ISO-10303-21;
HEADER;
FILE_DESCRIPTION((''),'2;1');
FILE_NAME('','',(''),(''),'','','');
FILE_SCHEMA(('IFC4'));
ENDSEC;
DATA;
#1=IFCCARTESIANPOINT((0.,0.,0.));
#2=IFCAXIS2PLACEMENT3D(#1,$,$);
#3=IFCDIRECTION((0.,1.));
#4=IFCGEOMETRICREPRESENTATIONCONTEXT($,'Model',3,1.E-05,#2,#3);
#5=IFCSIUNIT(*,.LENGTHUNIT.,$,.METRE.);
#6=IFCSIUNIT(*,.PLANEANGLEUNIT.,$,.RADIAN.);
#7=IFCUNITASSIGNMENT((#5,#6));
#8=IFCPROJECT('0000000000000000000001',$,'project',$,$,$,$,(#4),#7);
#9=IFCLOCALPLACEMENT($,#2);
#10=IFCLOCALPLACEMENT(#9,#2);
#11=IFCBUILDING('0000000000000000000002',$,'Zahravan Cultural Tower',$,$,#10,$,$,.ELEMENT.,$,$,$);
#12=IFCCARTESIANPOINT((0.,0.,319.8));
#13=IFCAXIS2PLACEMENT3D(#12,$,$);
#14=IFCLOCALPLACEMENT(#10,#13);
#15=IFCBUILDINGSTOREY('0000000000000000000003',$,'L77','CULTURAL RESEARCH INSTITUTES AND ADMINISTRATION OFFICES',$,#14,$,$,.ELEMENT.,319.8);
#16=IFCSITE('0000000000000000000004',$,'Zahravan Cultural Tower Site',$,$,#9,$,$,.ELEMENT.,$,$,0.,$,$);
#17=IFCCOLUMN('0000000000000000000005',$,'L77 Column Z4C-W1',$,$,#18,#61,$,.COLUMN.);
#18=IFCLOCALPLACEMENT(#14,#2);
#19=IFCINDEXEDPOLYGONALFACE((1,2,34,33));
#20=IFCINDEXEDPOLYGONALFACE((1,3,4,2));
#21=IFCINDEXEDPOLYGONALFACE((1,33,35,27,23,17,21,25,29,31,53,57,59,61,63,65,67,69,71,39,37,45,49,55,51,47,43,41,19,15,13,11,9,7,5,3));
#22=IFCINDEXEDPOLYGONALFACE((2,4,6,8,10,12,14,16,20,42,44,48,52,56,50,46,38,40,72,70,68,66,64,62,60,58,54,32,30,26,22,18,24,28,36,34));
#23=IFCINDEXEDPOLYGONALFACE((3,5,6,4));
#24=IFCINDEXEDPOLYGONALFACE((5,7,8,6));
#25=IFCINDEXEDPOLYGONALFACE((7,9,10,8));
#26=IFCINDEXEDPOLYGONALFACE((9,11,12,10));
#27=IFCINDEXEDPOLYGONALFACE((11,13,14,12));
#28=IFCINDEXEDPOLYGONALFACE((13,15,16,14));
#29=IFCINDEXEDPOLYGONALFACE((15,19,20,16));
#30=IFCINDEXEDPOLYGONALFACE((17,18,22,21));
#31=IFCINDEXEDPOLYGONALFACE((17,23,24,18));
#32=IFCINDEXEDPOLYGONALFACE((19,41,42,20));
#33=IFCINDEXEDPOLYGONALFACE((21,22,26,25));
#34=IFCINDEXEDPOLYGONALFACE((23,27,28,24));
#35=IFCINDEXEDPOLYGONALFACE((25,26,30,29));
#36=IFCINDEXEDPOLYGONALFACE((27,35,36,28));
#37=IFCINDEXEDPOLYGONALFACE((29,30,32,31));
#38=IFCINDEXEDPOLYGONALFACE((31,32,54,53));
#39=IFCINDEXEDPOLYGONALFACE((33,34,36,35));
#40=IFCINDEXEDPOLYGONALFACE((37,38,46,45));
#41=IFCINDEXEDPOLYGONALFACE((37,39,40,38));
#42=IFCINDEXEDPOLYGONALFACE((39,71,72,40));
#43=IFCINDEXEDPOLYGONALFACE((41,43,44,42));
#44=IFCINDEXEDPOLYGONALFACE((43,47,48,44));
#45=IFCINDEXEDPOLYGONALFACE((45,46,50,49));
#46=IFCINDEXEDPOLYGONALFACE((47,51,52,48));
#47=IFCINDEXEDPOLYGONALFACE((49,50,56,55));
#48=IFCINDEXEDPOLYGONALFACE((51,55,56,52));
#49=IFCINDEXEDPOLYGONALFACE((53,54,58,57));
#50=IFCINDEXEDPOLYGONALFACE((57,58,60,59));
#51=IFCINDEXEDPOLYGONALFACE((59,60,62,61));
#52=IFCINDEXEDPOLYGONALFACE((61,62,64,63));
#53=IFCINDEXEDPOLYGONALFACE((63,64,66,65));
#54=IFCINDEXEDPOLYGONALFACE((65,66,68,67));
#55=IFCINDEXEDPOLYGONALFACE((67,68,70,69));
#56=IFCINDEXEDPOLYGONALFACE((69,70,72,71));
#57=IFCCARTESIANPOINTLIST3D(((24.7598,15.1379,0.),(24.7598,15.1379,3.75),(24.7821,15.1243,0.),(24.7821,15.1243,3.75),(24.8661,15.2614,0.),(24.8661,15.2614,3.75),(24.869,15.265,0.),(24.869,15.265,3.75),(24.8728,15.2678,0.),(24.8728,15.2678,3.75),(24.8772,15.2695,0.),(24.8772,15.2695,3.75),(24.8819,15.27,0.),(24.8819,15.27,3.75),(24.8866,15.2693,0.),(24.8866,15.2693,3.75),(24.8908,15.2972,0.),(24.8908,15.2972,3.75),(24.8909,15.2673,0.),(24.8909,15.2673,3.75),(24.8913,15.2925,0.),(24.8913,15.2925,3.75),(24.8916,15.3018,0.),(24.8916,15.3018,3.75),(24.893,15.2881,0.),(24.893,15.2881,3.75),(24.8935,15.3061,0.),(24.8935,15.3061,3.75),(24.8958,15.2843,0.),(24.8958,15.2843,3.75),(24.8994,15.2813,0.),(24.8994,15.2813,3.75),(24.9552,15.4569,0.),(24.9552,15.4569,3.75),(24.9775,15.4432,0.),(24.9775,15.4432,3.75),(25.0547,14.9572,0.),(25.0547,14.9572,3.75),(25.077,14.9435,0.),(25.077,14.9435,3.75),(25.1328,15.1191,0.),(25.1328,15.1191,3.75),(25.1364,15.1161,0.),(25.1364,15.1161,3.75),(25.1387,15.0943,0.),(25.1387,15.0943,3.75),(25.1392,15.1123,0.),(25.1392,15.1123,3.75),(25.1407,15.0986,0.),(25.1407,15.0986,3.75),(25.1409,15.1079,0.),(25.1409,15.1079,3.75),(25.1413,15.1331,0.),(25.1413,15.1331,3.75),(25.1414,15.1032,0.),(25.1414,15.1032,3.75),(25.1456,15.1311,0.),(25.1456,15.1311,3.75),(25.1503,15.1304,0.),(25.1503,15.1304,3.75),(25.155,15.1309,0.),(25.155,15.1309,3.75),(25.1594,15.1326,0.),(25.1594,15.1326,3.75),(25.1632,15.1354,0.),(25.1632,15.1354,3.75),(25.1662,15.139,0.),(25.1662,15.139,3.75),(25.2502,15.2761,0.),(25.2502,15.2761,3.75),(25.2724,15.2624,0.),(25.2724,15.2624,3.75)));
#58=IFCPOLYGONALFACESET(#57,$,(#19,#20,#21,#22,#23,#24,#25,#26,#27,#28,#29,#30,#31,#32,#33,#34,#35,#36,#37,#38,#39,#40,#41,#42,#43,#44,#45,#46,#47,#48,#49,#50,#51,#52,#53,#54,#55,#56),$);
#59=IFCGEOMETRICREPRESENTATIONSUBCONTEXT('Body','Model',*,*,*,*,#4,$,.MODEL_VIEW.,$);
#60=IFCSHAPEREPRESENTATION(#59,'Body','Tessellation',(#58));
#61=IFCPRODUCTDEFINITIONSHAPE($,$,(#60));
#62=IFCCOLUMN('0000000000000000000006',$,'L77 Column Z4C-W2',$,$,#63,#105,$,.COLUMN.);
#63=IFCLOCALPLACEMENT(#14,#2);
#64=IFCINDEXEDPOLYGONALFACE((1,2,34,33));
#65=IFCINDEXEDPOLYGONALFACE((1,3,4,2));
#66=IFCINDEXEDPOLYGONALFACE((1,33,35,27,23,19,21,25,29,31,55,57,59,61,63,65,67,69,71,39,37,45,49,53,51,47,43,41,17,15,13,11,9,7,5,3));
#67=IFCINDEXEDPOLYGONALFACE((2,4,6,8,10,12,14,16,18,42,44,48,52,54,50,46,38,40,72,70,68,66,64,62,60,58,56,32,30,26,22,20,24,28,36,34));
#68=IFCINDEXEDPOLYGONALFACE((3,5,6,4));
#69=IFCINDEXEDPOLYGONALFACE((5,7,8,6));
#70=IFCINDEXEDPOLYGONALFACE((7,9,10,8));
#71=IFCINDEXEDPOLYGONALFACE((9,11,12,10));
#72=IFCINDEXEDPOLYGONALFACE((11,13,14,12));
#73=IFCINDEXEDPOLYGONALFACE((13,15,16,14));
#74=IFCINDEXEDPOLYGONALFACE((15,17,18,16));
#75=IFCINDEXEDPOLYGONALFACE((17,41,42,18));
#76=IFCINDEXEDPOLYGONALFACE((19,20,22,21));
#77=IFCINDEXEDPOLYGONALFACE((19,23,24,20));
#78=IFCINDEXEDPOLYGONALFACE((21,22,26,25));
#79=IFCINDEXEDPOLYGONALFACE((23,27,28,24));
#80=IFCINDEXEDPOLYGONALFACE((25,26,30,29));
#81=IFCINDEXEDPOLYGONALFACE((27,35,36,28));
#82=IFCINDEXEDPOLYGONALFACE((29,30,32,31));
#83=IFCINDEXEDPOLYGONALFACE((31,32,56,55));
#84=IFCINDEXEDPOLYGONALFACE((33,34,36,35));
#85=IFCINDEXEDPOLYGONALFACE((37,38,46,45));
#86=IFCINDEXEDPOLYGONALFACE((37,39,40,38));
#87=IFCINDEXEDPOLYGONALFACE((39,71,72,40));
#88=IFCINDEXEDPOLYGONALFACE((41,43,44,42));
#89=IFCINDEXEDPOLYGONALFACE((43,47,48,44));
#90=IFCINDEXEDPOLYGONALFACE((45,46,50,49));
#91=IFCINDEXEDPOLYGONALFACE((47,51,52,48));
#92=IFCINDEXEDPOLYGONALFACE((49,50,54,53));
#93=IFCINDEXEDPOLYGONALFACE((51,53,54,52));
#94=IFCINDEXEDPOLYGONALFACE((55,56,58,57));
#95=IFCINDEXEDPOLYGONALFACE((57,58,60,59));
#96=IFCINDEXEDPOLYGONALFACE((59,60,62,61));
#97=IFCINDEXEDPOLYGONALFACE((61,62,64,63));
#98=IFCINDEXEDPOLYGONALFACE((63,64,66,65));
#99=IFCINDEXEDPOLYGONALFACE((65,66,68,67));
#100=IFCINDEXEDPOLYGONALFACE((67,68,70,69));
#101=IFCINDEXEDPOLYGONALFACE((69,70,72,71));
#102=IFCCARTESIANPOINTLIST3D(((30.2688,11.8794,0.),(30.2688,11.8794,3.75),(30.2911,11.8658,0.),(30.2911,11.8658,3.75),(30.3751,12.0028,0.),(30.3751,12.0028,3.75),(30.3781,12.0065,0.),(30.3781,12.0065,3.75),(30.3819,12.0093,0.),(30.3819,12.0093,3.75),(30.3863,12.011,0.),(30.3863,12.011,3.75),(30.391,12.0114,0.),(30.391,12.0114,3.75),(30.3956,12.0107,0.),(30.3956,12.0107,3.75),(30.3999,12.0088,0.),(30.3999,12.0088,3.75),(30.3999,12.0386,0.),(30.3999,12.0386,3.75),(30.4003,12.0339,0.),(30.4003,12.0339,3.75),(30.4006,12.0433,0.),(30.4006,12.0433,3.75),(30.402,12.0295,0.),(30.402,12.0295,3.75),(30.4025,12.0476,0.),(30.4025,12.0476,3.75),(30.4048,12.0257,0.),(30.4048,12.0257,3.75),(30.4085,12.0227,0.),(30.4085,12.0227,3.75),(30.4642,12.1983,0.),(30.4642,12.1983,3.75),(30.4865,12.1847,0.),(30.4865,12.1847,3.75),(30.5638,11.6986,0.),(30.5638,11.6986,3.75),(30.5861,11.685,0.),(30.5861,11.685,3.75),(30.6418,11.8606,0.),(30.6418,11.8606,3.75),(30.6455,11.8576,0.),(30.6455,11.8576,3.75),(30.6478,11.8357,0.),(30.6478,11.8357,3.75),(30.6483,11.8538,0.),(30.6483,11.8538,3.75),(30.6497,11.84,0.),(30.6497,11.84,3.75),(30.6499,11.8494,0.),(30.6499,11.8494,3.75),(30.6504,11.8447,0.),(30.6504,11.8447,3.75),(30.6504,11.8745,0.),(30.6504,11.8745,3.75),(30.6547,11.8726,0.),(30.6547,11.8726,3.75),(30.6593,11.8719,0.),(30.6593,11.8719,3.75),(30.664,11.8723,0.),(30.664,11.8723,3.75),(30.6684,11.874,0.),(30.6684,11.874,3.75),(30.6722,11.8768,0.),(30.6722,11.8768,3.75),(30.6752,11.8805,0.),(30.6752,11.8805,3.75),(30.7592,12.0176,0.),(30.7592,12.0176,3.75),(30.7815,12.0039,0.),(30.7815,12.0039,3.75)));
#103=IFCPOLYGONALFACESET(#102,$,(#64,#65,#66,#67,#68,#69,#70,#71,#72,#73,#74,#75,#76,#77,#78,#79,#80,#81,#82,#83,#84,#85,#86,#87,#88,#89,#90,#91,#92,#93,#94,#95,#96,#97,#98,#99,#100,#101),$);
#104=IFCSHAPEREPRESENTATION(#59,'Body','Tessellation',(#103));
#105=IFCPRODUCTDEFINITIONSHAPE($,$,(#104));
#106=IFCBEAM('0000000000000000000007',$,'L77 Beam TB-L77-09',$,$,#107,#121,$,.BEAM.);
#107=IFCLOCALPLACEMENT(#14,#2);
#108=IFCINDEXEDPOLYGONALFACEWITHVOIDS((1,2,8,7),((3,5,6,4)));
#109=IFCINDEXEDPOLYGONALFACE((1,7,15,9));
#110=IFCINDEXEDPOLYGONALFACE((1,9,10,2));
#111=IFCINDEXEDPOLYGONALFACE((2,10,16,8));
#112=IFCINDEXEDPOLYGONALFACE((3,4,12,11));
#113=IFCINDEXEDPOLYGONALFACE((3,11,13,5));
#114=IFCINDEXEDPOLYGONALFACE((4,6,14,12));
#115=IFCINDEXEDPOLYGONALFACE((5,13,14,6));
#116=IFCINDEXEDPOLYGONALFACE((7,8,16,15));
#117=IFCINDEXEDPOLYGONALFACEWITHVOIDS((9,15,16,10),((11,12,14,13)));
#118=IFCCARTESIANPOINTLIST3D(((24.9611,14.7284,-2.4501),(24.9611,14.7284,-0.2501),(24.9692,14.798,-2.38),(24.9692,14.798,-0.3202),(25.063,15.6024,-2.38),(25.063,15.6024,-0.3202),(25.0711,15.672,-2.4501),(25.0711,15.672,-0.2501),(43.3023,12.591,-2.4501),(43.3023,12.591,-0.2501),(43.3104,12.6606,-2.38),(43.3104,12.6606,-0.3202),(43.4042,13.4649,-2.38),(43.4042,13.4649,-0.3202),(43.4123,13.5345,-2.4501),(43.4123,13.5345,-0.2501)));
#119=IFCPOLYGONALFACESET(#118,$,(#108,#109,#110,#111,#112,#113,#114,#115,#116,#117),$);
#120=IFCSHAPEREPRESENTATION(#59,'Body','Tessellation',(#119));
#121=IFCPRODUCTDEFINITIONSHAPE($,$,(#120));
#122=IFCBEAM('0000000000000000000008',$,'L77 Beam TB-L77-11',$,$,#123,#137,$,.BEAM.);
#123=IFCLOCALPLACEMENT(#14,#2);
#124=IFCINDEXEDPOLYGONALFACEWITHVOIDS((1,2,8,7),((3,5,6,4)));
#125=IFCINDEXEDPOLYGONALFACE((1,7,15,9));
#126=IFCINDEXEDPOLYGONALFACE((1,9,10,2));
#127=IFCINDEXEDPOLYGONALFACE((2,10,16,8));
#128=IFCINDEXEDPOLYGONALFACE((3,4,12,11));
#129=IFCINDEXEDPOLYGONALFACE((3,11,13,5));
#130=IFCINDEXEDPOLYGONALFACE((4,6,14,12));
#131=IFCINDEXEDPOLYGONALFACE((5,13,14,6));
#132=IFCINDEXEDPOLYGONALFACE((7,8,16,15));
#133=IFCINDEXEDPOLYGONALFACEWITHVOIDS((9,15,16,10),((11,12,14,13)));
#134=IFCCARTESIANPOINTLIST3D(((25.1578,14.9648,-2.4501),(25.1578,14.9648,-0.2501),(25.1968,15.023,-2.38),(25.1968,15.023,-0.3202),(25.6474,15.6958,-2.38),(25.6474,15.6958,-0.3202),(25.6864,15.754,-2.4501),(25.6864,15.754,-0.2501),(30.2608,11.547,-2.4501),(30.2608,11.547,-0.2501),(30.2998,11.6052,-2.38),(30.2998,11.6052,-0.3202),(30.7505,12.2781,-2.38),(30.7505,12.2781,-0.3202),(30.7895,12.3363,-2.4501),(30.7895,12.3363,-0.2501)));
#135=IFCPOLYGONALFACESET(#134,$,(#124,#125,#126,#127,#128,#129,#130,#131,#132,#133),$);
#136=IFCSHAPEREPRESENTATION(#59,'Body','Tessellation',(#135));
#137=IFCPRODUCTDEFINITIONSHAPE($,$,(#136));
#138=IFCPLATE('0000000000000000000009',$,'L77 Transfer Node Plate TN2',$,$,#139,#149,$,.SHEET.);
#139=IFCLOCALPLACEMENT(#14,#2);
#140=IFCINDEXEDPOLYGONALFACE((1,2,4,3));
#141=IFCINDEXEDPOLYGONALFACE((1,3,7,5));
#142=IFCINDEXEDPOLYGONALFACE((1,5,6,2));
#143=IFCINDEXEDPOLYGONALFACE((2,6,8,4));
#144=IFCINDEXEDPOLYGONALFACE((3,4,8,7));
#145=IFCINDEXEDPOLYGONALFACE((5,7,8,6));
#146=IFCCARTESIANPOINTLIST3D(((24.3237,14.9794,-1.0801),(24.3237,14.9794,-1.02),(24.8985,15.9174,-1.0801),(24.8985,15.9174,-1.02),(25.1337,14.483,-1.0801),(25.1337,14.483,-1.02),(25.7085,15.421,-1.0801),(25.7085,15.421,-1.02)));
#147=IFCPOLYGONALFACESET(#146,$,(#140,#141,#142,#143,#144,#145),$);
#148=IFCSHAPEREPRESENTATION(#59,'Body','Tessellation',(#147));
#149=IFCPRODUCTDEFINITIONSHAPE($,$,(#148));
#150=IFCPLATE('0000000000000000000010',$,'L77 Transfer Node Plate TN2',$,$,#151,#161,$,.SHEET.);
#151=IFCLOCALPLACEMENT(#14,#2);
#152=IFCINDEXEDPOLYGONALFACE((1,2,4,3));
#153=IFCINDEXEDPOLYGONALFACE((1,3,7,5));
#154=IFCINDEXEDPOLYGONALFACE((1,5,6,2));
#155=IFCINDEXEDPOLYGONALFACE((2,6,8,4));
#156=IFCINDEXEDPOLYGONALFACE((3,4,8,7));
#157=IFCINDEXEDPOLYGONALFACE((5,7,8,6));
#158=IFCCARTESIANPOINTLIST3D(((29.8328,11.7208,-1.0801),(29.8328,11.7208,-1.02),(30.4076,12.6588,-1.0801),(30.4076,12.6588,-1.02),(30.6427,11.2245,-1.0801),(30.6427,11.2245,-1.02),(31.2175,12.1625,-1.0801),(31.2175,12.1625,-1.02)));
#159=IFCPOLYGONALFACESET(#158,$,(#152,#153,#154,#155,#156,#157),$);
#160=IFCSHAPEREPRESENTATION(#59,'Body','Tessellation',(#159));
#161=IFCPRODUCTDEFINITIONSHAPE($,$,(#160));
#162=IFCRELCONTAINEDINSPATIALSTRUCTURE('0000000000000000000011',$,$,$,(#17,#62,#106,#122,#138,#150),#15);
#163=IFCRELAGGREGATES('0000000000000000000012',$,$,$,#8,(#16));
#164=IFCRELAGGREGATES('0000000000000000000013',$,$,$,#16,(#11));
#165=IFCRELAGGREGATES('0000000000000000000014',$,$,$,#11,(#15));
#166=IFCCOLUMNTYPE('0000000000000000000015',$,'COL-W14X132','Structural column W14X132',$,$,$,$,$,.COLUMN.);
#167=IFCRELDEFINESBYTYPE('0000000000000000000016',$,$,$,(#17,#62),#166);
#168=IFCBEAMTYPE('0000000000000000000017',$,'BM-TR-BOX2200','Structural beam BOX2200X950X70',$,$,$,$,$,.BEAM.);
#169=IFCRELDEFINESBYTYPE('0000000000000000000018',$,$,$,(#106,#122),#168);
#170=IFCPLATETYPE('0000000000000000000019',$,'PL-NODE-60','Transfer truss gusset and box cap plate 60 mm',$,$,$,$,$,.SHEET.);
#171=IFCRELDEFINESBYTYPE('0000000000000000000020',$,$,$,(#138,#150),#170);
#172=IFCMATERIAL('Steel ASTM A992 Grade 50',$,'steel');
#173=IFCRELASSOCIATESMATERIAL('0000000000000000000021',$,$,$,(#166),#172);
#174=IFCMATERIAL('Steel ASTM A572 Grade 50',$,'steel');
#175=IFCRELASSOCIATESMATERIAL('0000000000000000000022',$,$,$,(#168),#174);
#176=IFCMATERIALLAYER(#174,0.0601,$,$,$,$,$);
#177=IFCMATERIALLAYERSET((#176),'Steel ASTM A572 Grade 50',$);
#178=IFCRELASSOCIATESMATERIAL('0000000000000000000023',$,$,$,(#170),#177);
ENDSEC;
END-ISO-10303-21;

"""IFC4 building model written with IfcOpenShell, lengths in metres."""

from ifc_helpers import new_model, si_unit, direction, frame, origin, origin_2d, place, context, subcontext, project, spatial, rectangle, hollow_rectangle, i_section, extrude, source, transform, mapped, material, layer, layer_set, material_profile, profile_set, type_object, element, save


model = new_model("IFC4")

# Units and contexts
model_context = context("Model", 3, precision=1e-05, world=origin(), true_north=direction((0.0, 1.0)))
body_context = subcontext(model_context, "Body", "Model", "MODEL_VIEW")
ifc_project = project(units=[si_unit("LENGTHUNIT", "METRE"), si_unit("PLANEANGLEUNIT", "RADIAN")], contexts=[model_context])

# Site, building, storey
site_placement = place(None, origin())
site = spatial("IfcSite", under=ifc_project, at=site_placement, Name="Zahravan Cultural Tower Site", CompositionType="ELEMENT", RefElevation=0.0)
building_placement = place(site_placement, origin())
building = spatial("IfcBuilding", under=site, at=building_placement, Name="Zahravan Cultural Tower", CompositionType="ELEMENT")
storey_placement = place(building_placement, frame((0.0, 0.0, 319.8)))
storey = spatial("IfcBuildingStorey", under=building, at=storey_placement, Name="L77", Description="CULTURAL RESEARCH INSTITUTES AND ADMINISTRATION OFFICES", CompositionType="ELEMENT", Elevation=319.8)

# Columns
ifc_material_1 = material(Name="Steel ASTM A992 Grade 50", Category="steel")
ifc_material_profile_1 = material_profile(ifc_material_1, i_section(OverallWidth=0.374, OverallDepth=0.3721, WebThickness=0.0164, FlangeThickness=0.0261, FilletRadius=0.0181, at=origin_2d()), Name="W14X132")
ifc_profile_set_1 = profile_set([ifc_material_profile_1], Name="Steel ASTM A992 Grade 50")
column_type = type_object("IfcColumnType", Name="COL-W14X132", Description="Structural column W14X132", PredefinedType="COLUMN", material=ifc_profile_set_1)
shared_shape_1 = source(origin(), body_context, "Body", "SweptSolid", [
    extrude(i_section(OverallWidth=0.374, OverallDepth=0.3721, WebThickness=0.0164, FlangeThickness=0.0261, FilletRadius=0.0181, at=origin_2d()), origin(), (0.0, 0.0, 1.0), 3.75),
])
for number, where, z_axis, x_axis, name in (
    (1, (25.0161, 15.2002, 0.0), (0.0, 0.0, 1.0), (0.522499, 0.85264, 0.0), "L77 Column Z4C-W1"),
    (2, (30.5251, 11.9417, 0.0), (0.0, 0.0, 1.0), (0.522499, 0.85264, 0.0), "L77 Column Z4C-W2"),
):
    element("IfcColumn", number, at=place(storey_placement, frame(where, z_axis=z_axis, x_axis=x_axis)), inside=storey, type_object=column_type, Name=name, PredefinedType="COLUMN", context=body_context, shape_type="MappedRepresentation", body=[
        mapped(shared_shape_1, transform((0.0, 0.0, 0.0), x_axis=(1.0, 0.0, 0.0), y_axis=(0.0, 1.0, 0.0), z_axis=(0.0, 0.0, 1.0), scale=1.0)),
    ])

# Beams
ifc_material_2 = material(Name="Steel ASTM A572 Grade 50", Category="steel")
ifc_material_profile_2 = material_profile(ifc_material_2, hollow_rectangle(XDim=0.95, YDim=2.2, WallThickness=0.0701, at=origin_2d()), Name="BOX2200X950X70")
ifc_profile_set_2 = profile_set([ifc_material_profile_2], Name="Steel ASTM A572 Grade 50")
beam_type = type_object("IfcBeamType", Name="BM-TR-BOX2200", Description="Structural beam BOX2200X950X70", PredefinedType="BEAM", material=ifc_profile_set_2)
shared_shape_2 = source(origin(), body_context, "Body", "SweptSolid", [
    extrude(hollow_rectangle(XDim=0.95, YDim=2.2, WallThickness=0.0701, at=origin_2d()), origin(), (0.0, 0.0, 1.0), 18.4653),
])
beam_1_placement = place(storey_placement, frame((25.0161, 15.2002, -1.3501), z_axis=(0.993278, -0.115754, 0.0), x_axis=(0.115754, 0.993278, 0.0)))
element("IfcBeam", 3, at=beam_1_placement, inside=storey, type_object=beam_type, Name="L77 Beam TB-L77-09", PredefinedType="BEAM", context=body_context, shape_type="MappedRepresentation", body=[
    mapped(shared_shape_2, transform((0.0, 0.0, 0.0), x_axis=(1.0, 0.0, 0.0), y_axis=(0.0, 1.0, 0.0), z_axis=(0.0, 0.0, 1.0), scale=1.0)),
])
shared_shape_3 = source(origin(), body_context, "Body", "SweptSolid", [
    extrude(hollow_rectangle(XDim=0.95, YDim=2.2, WallThickness=0.0701, at=origin_2d()), origin(), (0.0, 0.0, 1.0), 6.1418),
])
beam_2_placement = place(storey_placement, frame((30.5251, 11.9417, -1.3501), z_axis=(-0.830868, 0.556469, 0.0), x_axis=(-0.556469, -0.830868, 0.0)))
element("IfcBeam", 4, at=beam_2_placement, inside=storey, type_object=beam_type, Name="L77 Beam TB-L77-11", PredefinedType="BEAM", context=body_context, shape_type="MappedRepresentation", body=[
    mapped(shared_shape_3, transform((0.0, 0.0, 0.0), x_axis=(1.0, 0.0, 0.0), y_axis=(0.0, 1.0, 0.0), z_axis=(0.0, 0.0, 1.0), scale=1.0)),
])

# Plates
ifc_layer_1 = layer(ifc_material_2, 0.0601)
ifc_layer_set_1 = layer_set([ifc_layer_1], Name="Steel ASTM A572 Grade 50")
plate_type = type_object("IfcPlateType", Name="PL-NODE-60", Description="Transfer truss gusset and box cap plate 60 mm", PredefinedType="SHEET", material=ifc_layer_set_1)
shared_shape_4 = source(origin(), body_context, "Body", "SweptSolid", [
    extrude(rectangle(XDim=1.1001, YDim=0.95, at=origin_2d()), origin(), (0.0, 0.0, 1.0), 0.0601),
])
for number, where, z_axis, x_axis, name in (
    (5, (25.0161, 15.2002, -1.0801), (0.0, 0.0, 1.0), (0.522499, 0.85264, 0.0), "L77 Transfer Node Plate TN2"),
    (6, (30.5251, 11.9417, -1.0801), (0.0, 0.0, 1.0), (0.522499, 0.85264, 0.0), "L77 Transfer Node Plate TN2"),
):
    element("IfcPlate", number, at=place(storey_placement, frame(where, z_axis=z_axis, x_axis=x_axis)), inside=storey, type_object=plate_type, Name=name, PredefinedType="SHEET", context=body_context, shape_type="MappedRepresentation", body=[
        mapped(shared_shape_4, transform((0.0, 0.0, 0.0), x_axis=(1.0, 0.0, 0.0), y_axis=(0.0, 1.0, 0.0), z_axis=(0.0, 0.0, 1.0), scale=1.0)),
    ])

save(model, "model.ifc")
